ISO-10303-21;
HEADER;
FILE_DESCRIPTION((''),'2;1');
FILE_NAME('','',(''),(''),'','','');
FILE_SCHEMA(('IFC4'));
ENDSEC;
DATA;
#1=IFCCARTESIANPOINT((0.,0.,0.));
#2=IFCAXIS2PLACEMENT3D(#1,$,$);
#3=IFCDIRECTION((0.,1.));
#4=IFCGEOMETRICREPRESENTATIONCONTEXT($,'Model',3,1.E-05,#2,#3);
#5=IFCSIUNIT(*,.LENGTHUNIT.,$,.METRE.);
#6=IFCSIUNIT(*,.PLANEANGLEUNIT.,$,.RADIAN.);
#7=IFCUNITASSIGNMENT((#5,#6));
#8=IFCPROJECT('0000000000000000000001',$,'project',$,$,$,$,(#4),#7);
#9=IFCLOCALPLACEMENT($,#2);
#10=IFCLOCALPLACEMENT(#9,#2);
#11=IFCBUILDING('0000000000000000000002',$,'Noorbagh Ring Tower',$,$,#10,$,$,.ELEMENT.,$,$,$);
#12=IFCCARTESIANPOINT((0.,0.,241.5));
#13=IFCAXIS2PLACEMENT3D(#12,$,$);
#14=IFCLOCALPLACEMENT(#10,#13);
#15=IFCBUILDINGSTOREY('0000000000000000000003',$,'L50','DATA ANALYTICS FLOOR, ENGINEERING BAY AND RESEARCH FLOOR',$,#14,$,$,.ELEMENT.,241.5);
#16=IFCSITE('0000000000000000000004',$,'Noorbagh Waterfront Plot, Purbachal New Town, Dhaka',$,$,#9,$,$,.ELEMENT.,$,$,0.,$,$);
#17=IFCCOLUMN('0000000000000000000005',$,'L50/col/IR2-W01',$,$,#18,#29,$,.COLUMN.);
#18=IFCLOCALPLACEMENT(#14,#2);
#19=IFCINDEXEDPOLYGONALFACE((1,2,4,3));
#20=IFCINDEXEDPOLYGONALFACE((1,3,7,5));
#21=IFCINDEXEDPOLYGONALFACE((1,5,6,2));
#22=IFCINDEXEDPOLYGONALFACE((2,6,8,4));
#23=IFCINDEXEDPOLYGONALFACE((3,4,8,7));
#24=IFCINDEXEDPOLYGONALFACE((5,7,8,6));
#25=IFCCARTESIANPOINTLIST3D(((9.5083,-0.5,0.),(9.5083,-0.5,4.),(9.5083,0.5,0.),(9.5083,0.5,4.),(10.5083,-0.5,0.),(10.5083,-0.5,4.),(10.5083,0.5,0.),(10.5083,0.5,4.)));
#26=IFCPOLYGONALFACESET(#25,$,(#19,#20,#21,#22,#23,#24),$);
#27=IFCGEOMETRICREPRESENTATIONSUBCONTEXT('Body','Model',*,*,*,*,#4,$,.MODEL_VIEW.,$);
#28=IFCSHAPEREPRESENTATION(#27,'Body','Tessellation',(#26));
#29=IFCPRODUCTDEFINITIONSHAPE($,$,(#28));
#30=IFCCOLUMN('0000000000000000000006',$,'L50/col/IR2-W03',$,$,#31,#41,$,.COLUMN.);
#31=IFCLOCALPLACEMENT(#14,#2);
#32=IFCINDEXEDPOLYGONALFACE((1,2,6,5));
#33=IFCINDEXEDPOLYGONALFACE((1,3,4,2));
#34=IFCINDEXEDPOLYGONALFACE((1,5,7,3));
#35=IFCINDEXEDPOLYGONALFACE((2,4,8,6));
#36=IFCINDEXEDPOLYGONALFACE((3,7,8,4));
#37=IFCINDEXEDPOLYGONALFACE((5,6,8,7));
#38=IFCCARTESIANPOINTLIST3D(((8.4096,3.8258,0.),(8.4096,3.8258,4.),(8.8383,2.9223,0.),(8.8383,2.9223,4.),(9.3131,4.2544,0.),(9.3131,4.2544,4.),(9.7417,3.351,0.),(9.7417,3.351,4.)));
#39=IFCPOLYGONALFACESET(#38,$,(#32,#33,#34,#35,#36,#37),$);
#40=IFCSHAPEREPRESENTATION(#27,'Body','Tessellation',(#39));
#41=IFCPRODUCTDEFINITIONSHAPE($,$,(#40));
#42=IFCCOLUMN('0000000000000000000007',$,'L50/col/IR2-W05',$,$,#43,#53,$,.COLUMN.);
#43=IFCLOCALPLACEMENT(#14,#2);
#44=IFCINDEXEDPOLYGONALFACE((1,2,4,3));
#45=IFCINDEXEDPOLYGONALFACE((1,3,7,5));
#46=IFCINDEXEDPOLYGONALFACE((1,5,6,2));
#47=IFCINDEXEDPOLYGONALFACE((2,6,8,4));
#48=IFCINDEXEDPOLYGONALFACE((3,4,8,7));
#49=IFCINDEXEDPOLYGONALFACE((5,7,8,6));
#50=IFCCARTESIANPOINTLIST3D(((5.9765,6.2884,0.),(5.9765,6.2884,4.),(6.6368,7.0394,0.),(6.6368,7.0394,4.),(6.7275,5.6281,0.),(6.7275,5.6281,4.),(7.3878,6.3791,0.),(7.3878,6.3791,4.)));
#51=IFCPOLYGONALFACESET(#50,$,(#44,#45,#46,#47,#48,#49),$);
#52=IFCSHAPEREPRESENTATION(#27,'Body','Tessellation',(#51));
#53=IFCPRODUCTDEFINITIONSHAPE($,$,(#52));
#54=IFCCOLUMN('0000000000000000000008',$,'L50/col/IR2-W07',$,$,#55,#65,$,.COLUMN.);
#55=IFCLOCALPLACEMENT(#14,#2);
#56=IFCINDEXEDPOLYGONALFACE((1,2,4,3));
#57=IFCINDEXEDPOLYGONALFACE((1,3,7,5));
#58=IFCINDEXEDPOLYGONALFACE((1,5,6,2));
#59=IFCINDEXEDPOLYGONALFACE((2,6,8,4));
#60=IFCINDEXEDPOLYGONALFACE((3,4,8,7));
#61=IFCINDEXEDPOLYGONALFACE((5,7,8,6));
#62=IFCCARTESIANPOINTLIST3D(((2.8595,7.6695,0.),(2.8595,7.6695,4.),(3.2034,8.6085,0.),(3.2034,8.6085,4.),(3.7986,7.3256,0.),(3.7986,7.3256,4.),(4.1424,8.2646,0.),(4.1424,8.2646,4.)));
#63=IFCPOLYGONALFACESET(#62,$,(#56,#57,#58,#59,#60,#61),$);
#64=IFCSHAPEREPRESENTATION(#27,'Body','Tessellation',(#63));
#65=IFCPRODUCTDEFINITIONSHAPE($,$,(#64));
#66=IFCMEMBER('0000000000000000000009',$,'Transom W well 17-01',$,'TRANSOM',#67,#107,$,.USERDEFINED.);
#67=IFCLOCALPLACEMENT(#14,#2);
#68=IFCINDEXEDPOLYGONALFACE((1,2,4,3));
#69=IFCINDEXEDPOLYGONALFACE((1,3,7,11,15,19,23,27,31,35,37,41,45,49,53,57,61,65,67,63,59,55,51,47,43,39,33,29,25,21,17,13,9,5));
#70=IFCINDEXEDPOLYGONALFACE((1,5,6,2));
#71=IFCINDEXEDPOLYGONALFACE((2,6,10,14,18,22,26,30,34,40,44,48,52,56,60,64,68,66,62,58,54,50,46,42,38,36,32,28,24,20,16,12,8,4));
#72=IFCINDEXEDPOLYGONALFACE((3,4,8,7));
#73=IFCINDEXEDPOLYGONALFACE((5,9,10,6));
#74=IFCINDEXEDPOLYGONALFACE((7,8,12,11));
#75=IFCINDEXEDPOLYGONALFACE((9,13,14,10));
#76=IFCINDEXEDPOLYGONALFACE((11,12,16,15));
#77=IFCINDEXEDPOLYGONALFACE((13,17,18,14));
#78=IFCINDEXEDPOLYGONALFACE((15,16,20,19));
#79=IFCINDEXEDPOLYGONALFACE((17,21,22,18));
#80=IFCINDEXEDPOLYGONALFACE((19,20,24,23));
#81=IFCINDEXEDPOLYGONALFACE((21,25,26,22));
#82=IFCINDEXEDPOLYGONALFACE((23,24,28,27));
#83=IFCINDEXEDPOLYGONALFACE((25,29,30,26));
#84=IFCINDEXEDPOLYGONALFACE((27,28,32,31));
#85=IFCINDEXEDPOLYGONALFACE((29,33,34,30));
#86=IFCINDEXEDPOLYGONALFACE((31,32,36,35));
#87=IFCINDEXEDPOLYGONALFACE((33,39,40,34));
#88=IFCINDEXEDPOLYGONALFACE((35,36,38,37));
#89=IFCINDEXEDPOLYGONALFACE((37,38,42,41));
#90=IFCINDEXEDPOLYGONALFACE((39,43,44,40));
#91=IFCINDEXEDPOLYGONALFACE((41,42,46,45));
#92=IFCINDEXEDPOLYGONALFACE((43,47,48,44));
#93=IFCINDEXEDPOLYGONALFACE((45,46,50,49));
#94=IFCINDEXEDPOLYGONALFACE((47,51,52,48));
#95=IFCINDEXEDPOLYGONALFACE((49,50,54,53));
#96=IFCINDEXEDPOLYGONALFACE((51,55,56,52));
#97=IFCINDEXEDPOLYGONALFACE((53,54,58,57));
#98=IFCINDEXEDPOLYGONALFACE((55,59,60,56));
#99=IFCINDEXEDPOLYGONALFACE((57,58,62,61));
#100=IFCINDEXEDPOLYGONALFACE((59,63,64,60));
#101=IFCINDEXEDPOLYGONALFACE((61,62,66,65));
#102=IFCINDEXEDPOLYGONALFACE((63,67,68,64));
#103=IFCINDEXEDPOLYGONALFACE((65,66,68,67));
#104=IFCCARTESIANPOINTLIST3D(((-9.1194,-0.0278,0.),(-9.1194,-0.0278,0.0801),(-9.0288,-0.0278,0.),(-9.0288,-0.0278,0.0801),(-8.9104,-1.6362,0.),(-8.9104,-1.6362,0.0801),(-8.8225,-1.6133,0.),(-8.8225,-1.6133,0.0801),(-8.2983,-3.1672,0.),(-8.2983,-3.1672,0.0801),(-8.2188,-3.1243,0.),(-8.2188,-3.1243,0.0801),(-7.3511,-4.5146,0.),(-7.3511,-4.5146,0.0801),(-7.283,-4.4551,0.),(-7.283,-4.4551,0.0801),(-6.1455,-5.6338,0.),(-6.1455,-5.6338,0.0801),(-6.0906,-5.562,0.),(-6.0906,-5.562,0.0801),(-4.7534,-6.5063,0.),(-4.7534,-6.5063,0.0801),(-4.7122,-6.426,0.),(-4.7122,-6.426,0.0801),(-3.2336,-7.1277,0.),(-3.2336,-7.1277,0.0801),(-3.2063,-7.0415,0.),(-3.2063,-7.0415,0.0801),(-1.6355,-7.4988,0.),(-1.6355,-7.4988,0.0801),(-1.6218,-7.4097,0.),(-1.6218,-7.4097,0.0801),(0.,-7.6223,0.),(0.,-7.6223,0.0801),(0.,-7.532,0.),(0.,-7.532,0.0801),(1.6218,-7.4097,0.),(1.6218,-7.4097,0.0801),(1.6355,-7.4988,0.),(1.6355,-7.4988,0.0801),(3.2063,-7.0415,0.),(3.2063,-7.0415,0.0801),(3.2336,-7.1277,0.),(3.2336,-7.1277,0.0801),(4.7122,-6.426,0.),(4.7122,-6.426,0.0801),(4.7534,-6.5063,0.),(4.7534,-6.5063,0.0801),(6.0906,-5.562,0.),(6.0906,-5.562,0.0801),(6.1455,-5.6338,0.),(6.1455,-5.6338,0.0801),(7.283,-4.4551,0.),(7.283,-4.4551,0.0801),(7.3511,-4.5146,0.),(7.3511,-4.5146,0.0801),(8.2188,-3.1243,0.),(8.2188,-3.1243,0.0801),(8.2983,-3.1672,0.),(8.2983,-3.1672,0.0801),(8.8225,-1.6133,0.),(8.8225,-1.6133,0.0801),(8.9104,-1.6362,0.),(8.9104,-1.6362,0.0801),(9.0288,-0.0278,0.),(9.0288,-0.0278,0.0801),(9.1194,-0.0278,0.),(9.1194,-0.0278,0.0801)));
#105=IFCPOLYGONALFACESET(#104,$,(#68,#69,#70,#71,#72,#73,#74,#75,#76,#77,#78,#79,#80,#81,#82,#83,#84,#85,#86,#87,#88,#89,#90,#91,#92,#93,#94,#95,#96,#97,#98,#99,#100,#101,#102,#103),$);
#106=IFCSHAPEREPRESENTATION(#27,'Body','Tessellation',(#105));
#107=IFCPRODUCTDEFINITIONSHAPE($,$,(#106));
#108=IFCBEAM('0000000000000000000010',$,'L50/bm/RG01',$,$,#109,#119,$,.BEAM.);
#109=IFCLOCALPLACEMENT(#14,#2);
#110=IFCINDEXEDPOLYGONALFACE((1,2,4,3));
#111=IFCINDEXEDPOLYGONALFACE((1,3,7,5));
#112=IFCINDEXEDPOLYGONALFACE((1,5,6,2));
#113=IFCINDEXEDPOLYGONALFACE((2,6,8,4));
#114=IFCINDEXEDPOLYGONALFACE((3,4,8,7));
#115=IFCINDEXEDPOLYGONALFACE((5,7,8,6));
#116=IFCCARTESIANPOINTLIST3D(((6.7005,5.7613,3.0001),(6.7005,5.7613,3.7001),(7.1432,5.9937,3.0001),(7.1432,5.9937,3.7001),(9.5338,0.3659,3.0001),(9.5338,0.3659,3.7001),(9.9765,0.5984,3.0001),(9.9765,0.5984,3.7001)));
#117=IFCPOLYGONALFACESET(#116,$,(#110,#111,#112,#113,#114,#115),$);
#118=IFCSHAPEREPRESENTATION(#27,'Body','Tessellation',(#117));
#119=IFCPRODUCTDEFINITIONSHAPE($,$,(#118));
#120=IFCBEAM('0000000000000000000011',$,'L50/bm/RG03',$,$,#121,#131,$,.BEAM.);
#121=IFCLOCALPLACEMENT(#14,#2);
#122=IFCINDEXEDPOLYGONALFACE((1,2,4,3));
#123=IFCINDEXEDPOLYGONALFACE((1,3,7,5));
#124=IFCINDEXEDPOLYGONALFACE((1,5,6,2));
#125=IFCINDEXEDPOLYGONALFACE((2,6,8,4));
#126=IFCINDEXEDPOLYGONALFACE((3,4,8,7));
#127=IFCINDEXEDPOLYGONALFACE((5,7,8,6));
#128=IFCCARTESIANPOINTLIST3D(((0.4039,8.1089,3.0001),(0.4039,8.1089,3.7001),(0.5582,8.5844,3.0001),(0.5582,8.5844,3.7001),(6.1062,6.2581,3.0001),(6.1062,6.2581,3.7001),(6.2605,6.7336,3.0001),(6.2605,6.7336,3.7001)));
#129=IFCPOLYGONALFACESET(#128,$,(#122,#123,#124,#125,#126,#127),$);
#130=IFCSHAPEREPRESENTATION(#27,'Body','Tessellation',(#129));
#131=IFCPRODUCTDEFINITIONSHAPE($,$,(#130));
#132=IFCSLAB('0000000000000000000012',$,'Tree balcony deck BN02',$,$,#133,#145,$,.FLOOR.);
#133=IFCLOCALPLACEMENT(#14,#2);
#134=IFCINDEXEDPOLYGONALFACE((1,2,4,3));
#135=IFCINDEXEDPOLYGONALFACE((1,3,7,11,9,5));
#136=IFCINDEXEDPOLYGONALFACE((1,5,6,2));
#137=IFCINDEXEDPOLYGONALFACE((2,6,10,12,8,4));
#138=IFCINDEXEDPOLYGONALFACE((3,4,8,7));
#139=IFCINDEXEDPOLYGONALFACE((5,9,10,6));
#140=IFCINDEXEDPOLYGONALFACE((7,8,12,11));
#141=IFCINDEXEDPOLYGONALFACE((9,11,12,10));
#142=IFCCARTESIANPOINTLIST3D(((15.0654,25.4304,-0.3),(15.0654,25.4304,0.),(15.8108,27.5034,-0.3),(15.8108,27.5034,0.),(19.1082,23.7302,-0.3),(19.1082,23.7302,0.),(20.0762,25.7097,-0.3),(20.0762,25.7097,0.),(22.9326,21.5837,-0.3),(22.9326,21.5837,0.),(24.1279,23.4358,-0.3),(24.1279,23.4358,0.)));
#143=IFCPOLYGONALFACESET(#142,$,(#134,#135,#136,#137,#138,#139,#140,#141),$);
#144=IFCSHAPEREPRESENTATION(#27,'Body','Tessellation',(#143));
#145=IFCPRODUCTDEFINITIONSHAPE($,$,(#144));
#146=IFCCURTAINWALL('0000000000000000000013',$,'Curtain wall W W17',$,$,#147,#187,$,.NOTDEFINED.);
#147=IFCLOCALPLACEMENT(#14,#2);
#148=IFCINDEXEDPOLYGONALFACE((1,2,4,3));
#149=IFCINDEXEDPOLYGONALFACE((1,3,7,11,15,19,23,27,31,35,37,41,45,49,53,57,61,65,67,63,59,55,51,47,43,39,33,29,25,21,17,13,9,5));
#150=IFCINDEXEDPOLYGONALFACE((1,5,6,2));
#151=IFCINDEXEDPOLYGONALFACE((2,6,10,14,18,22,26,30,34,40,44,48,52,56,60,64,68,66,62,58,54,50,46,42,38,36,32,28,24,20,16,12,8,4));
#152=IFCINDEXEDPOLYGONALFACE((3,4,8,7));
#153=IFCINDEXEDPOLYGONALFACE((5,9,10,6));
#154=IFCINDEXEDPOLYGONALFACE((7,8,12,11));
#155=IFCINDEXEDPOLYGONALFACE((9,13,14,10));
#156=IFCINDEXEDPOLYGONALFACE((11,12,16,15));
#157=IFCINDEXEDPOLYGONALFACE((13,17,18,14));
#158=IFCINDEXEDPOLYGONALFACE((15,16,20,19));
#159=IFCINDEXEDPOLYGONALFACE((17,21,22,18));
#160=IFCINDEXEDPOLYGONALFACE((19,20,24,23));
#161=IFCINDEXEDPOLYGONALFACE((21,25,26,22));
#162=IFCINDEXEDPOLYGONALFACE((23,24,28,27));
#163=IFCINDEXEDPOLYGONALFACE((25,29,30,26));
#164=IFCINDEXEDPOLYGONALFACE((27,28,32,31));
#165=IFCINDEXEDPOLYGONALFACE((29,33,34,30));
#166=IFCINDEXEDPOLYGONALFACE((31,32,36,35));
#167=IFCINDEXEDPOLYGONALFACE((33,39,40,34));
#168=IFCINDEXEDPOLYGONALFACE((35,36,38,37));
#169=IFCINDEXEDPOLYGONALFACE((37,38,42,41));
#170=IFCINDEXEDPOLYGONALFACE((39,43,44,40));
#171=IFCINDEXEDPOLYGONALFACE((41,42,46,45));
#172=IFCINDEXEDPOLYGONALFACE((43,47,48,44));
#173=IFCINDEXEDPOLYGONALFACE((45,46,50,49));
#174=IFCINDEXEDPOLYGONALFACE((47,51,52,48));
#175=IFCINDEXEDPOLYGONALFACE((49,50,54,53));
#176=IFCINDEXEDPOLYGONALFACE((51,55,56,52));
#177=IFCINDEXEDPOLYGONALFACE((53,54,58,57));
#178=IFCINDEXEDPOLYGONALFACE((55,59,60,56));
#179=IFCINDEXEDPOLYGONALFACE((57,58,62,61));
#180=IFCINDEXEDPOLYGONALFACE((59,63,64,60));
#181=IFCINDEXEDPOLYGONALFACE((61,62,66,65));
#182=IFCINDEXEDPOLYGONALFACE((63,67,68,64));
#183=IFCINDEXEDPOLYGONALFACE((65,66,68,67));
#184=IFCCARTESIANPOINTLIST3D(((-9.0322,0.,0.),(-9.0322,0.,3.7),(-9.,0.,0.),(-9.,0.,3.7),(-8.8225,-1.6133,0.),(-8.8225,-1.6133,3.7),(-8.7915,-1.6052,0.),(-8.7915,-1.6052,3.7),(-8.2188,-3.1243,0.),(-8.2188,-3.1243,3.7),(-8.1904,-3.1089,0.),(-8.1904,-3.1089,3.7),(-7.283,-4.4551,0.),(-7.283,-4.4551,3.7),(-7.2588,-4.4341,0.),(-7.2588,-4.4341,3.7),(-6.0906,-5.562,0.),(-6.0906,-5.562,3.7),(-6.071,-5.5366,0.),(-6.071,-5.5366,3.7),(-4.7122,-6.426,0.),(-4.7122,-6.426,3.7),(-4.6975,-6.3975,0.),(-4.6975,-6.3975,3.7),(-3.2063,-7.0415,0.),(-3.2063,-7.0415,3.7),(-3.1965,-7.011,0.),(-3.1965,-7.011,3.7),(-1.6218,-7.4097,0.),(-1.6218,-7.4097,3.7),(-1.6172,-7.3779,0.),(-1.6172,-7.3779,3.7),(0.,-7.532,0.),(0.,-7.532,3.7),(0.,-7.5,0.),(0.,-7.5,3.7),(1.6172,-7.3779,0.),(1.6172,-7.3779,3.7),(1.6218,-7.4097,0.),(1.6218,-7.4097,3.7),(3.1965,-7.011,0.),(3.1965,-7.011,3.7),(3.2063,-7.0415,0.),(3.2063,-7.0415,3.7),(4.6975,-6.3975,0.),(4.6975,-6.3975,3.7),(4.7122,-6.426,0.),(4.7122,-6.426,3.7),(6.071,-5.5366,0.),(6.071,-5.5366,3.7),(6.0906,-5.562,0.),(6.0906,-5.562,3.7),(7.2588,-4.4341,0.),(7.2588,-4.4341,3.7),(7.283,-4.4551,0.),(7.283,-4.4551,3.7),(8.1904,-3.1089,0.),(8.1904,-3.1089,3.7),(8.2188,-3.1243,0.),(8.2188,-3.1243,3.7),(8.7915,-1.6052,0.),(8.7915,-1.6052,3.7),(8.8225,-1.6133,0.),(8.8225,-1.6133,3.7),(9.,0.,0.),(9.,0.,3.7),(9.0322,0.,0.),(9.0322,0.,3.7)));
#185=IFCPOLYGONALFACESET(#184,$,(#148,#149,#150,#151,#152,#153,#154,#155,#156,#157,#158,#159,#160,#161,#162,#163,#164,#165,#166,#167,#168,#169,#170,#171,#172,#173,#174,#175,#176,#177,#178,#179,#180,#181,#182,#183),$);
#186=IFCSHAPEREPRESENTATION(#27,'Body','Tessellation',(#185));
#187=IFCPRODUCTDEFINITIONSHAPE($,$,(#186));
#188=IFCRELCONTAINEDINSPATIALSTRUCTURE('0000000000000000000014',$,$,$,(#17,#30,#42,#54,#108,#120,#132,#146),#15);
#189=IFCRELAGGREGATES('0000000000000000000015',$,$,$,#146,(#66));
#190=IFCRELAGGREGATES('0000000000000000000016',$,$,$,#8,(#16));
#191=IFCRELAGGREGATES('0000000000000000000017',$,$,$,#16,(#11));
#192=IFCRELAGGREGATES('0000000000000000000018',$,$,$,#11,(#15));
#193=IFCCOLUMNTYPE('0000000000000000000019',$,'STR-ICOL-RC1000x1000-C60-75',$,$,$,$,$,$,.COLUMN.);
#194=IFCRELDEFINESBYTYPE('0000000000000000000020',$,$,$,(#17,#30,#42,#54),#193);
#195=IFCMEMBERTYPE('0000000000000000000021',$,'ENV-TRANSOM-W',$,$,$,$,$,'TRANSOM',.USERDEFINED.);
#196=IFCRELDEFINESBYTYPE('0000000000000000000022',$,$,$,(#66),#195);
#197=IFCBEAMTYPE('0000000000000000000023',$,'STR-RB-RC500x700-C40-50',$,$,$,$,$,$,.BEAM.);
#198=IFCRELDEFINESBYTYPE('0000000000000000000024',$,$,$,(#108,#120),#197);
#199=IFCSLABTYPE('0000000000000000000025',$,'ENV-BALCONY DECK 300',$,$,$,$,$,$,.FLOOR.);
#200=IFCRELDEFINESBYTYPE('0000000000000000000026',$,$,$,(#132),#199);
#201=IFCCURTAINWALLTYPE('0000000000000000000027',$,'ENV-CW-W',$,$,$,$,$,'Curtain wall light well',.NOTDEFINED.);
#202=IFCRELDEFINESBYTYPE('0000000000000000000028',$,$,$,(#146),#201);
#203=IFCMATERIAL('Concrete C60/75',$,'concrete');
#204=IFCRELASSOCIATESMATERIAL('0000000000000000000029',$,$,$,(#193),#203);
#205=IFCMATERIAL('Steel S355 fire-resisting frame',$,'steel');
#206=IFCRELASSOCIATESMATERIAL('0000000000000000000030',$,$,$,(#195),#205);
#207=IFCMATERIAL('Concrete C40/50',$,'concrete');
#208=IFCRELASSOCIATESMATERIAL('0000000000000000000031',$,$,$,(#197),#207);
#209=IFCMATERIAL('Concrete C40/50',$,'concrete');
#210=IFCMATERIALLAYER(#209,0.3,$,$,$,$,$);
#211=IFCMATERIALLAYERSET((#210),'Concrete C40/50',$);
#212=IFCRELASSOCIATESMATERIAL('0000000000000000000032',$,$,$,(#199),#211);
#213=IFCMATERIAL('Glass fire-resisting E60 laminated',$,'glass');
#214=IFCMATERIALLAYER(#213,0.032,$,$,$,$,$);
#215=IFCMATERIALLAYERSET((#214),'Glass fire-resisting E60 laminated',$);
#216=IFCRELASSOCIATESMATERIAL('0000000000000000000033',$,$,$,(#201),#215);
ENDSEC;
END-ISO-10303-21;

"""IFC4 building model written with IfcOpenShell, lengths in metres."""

from ifc_helpers import new_model, si_unit, direction, frame, origin, origin_2d, place, context, subcontext, project, spatial, polyline, rectangle, outline, extrude, material, layer, layer_set, material_profile, profile_set, type_object, element, aggregate, save


model = new_model("IFC4")

# Units and contexts
model_context = context("Model", 3, precision=1e-05, world=origin(), true_north=direction((0.0, 1.0)))
body_context = subcontext(model_context, "Body", "Model", "MODEL_VIEW")
ifc_project = project(units=[si_unit("LENGTHUNIT", "METRE"), si_unit("PLANEANGLEUNIT", "RADIAN")], contexts=[model_context])

# Site, building, storey
site_placement = place(None, origin())
site = spatial("IfcSite", under=ifc_project, at=site_placement, Name="Noorbagh Waterfront Plot, Purbachal New Town, Dhaka", CompositionType="ELEMENT", RefElevation=0.0)
building_placement = place(site_placement, origin())
building = spatial("IfcBuilding", under=site, at=building_placement, Name="Noorbagh Ring Tower", CompositionType="ELEMENT")
storey_placement = place(building_placement, frame((0.0, 0.0, 241.5)))
storey = spatial("IfcBuildingStorey", under=building, at=storey_placement, Name="L50", Description="DATA ANALYTICS FLOOR, ENGINEERING BAY AND RESEARCH FLOOR", CompositionType="ELEMENT", Elevation=241.5)

# Columns
ifc_material_1 = material(Name="Concrete C60/75", Category="concrete")
ifc_material_profile_1 = material_profile(ifc_material_1, rectangle(XDim=1.0, YDim=1.0, at=origin_2d()), Name="RC1000x1000")
ifc_profile_set_1 = profile_set([ifc_material_profile_1], Name="Concrete C60/75")
column_type = type_object("IfcColumnType", Name="STR-ICOL-RC1000x1000-C60-75", PredefinedType="COLUMN", material=ifc_profile_set_1)
for number, where, z_axis, x_axis, name in (
    (1, (10.0083, 0.0, 0.0), (0.0, 0.0, 1.0), (0.0, 1.0, 0.0), "L50/col/IR2-W01"),
    (2, (9.0757, 3.5884, 0.0), (0.0, 0.0, 1.0), (-0.428667, 0.903463, 0.0), "L50/col/IR2-W03"),
    (3, (6.6821, 6.3337, 0.0), (0.0, 0.0, 1.0), (-0.751022, 0.660277, 0.0), "L50/col/IR2-W05"),
    (4, (3.501, 7.967, 0.0), (0.0, 0.0, 1.0), (-0.93902, 0.343864, 0.0), "L50/col/IR2-W07"),
):
    element("IfcColumn", number, at=place(storey_placement, frame(where, z_axis=z_axis, x_axis=x_axis)), inside=storey, type_object=column_type, Name=name, PredefinedType="COLUMN", context=body_context, shape_type="SweptSolid", body=[
        extrude(rectangle(XDim=1.0, YDim=1.0, at=origin_2d()), origin(), (0.0, 0.0, 1.0), 4.0),
    ])

# Member
ifc_material_2 = material(Name="Steel S355 fire-resisting frame", Category="steel")
member_type = type_object("IfcMemberType", Name="ENV-TRANSOM-W", ElementType="TRANSOM", PredefinedType="USERDEFINED", material=ifc_material_2)
member_placement = place(storey_placement, origin())
member = element("IfcMember", 5, at=member_placement, type_object=member_type, Name="Transom W well 17-01", ObjectType="TRANSOM", PredefinedType="USERDEFINED", context=body_context, shape_type="SweptSolid", body=[
    extrude(outline(polyline([(-9.1194, -0.0278), (-8.9104, -1.6362), (-8.2983, -3.1672), (-7.3511, -4.5146), (-6.1455, -5.6338), (-4.7534, -6.5063), (-3.2336, -7.1277), (-1.6355, -7.4988), (0.0, -7.6223), (1.6355, -7.4988), (3.2336, -7.1277), (4.7534, -6.5063), (6.1455, -5.6338), (7.3511, -4.5146), (8.2983, -3.1672), (8.9104, -1.6362), (9.1194, -0.0278), (9.0288, -0.0278), (8.8225, -1.6133), (8.2188, -3.1243), (7.283, -4.4551), (6.0906, -5.562), (4.7122, -6.426), (3.2063, -7.0415), (1.6218, -7.4097), (0.0, -7.532), (-1.6218, -7.4097), (-3.2063, -7.0415), (-4.7122, -6.426), (-6.0906, -5.562), (-7.283, -4.4551), (-8.2188, -3.1243), (-8.8225, -1.6133), (-9.0288, -0.0278), (-9.1194, -0.0278)])), origin(), (0.0, 0.0, 1.0), 0.0801),
])

# Beams
ifc_material_3 = material(Name="Concrete C40/50", Category="concrete")
ifc_material_profile_2 = material_profile(ifc_material_3, rectangle(XDim=0.5, YDim=0.7, at=origin_2d()), Name="RC500x700")
ifc_profile_set_2 = profile_set([ifc_material_profile_2], Name="Concrete C40/50")
beam_type = type_object("IfcBeamType", Name="STR-RB-RC500x700-C40-50", PredefinedType="BEAM", material=ifc_profile_set_2)
beam_1_placement = place(storey_placement, frame((9.7551, 0.4822, 3.3501), z_axis=(-0.464929, 0.885348, 0.0), x_axis=(-0.885348, -0.464929, 0.0)))
element("IfcBeam", 6, at=beam_1_placement, inside=storey, type_object=beam_type, Name="L50/bm/RG01", PredefinedType="BEAM", context=body_context, shape_type="SweptSolid", body=[
    extrude(rectangle(XDim=0.5, YDim=0.7, at=origin_2d()), origin(), (0.0, 0.0, 1.0), 6.094),
])
beam_2_placement = place(storey_placement, frame((6.1833, 6.4958, 3.3501), z_axis=(-0.951154, 0.308717, 0.0), x_axis=(-0.308717, -0.951154, 0.0)))
element("IfcBeam", 7, at=beam_2_placement, inside=storey, type_object=beam_type, Name="L50/bm/RG03", PredefinedType="BEAM", context=body_context, shape_type="SweptSolid", body=[
    extrude(rectangle(XDim=0.5, YDim=0.7, at=origin_2d()), origin(), (0.0, 0.0, 1.0), 5.9951),
])

# Slab
ifc_material_4 = material(Name="Concrete C40/50", Category="concrete")
ifc_layer_1 = layer(ifc_material_4, 0.3)
ifc_layer_set_1 = layer_set([ifc_layer_1], Name="Concrete C40/50")
slab_type = type_object("IfcSlabType", Name="ENV-BALCONY DECK 300", PredefinedType="FLOOR", material=ifc_layer_set_1)
slab_1_placement = place(storey_placement, frame((0.0, 0.0, -0.3)))
element("IfcSlab", 8, at=slab_1_placement, inside=storey, type_object=slab_type, Name="Tree balcony deck BN02", PredefinedType="FLOOR", context=body_context, shape_type="SweptSolid", body=[
    extrude(outline(polyline([(24.1279, 23.4358), (20.0762, 25.7097), (15.8108, 27.5034), (15.0654, 25.4304), (19.1082, 23.7302), (22.9326, 21.5837), (24.1279, 23.4358)])), origin(), (0.0, 0.0, 1.0), 0.3),
])

# Curtain wall
ifc_material_5 = material(Name="Glass fire-resisting E60 laminated", Category="glass")
ifc_layer_2 = layer(ifc_material_5, 0.032)
ifc_layer_set_2 = layer_set([ifc_layer_2], Name="Glass fire-resisting E60 laminated")
curtain_wall_type = type_object("IfcCurtainWallType", Name="ENV-CW-W", ElementType="Curtain wall light well", PredefinedType="NOTDEFINED", material=ifc_layer_set_2)
curtain_wall_placement = place(storey_placement, origin())
curtain_wall = element("IfcCurtainWall", 9, at=curtain_wall_placement, inside=storey, type_object=curtain_wall_type, Name="Curtain wall W W17", PredefinedType="NOTDEFINED", context=body_context, shape_type="SweptSolid", body=[
    extrude(outline(polyline([(-9.0322, 0.0), (-8.8225, -1.6133), (-8.2188, -3.1243), (-7.283, -4.4551), (-6.0906, -5.562), (-4.7122, -6.426), (-3.2063, -7.0415), (-1.6218, -7.4097), (0.0, -7.532), (1.6218, -7.4097), (3.2063, -7.0415), (4.7122, -6.426), (6.0906, -5.562), (7.283, -4.4551), (8.2188, -3.1243), (8.8225, -1.6133), (9.0322, 0.0), (9.0, 0.0), (8.7915, -1.6052), (8.1904, -3.1089), (7.2588, -4.4341), (6.071, -5.5366), (4.6975, -6.3975), (3.1965, -7.011), (1.6172, -7.3779), (0.0, -7.5), (-1.6172, -7.3779), (-3.1965, -7.011), (-4.6975, -6.3975), (-6.071, -5.5366), (-7.2588, -4.4341), (-8.1904, -3.1089), (-8.7915, -1.6052), (-9.0, 0.0), (-9.0322, 0.0)])), origin(), (0.0, 0.0, 1.0), 3.7),
])
aggregate(curtain_wall, [member])

save(model, "model.ifc")
